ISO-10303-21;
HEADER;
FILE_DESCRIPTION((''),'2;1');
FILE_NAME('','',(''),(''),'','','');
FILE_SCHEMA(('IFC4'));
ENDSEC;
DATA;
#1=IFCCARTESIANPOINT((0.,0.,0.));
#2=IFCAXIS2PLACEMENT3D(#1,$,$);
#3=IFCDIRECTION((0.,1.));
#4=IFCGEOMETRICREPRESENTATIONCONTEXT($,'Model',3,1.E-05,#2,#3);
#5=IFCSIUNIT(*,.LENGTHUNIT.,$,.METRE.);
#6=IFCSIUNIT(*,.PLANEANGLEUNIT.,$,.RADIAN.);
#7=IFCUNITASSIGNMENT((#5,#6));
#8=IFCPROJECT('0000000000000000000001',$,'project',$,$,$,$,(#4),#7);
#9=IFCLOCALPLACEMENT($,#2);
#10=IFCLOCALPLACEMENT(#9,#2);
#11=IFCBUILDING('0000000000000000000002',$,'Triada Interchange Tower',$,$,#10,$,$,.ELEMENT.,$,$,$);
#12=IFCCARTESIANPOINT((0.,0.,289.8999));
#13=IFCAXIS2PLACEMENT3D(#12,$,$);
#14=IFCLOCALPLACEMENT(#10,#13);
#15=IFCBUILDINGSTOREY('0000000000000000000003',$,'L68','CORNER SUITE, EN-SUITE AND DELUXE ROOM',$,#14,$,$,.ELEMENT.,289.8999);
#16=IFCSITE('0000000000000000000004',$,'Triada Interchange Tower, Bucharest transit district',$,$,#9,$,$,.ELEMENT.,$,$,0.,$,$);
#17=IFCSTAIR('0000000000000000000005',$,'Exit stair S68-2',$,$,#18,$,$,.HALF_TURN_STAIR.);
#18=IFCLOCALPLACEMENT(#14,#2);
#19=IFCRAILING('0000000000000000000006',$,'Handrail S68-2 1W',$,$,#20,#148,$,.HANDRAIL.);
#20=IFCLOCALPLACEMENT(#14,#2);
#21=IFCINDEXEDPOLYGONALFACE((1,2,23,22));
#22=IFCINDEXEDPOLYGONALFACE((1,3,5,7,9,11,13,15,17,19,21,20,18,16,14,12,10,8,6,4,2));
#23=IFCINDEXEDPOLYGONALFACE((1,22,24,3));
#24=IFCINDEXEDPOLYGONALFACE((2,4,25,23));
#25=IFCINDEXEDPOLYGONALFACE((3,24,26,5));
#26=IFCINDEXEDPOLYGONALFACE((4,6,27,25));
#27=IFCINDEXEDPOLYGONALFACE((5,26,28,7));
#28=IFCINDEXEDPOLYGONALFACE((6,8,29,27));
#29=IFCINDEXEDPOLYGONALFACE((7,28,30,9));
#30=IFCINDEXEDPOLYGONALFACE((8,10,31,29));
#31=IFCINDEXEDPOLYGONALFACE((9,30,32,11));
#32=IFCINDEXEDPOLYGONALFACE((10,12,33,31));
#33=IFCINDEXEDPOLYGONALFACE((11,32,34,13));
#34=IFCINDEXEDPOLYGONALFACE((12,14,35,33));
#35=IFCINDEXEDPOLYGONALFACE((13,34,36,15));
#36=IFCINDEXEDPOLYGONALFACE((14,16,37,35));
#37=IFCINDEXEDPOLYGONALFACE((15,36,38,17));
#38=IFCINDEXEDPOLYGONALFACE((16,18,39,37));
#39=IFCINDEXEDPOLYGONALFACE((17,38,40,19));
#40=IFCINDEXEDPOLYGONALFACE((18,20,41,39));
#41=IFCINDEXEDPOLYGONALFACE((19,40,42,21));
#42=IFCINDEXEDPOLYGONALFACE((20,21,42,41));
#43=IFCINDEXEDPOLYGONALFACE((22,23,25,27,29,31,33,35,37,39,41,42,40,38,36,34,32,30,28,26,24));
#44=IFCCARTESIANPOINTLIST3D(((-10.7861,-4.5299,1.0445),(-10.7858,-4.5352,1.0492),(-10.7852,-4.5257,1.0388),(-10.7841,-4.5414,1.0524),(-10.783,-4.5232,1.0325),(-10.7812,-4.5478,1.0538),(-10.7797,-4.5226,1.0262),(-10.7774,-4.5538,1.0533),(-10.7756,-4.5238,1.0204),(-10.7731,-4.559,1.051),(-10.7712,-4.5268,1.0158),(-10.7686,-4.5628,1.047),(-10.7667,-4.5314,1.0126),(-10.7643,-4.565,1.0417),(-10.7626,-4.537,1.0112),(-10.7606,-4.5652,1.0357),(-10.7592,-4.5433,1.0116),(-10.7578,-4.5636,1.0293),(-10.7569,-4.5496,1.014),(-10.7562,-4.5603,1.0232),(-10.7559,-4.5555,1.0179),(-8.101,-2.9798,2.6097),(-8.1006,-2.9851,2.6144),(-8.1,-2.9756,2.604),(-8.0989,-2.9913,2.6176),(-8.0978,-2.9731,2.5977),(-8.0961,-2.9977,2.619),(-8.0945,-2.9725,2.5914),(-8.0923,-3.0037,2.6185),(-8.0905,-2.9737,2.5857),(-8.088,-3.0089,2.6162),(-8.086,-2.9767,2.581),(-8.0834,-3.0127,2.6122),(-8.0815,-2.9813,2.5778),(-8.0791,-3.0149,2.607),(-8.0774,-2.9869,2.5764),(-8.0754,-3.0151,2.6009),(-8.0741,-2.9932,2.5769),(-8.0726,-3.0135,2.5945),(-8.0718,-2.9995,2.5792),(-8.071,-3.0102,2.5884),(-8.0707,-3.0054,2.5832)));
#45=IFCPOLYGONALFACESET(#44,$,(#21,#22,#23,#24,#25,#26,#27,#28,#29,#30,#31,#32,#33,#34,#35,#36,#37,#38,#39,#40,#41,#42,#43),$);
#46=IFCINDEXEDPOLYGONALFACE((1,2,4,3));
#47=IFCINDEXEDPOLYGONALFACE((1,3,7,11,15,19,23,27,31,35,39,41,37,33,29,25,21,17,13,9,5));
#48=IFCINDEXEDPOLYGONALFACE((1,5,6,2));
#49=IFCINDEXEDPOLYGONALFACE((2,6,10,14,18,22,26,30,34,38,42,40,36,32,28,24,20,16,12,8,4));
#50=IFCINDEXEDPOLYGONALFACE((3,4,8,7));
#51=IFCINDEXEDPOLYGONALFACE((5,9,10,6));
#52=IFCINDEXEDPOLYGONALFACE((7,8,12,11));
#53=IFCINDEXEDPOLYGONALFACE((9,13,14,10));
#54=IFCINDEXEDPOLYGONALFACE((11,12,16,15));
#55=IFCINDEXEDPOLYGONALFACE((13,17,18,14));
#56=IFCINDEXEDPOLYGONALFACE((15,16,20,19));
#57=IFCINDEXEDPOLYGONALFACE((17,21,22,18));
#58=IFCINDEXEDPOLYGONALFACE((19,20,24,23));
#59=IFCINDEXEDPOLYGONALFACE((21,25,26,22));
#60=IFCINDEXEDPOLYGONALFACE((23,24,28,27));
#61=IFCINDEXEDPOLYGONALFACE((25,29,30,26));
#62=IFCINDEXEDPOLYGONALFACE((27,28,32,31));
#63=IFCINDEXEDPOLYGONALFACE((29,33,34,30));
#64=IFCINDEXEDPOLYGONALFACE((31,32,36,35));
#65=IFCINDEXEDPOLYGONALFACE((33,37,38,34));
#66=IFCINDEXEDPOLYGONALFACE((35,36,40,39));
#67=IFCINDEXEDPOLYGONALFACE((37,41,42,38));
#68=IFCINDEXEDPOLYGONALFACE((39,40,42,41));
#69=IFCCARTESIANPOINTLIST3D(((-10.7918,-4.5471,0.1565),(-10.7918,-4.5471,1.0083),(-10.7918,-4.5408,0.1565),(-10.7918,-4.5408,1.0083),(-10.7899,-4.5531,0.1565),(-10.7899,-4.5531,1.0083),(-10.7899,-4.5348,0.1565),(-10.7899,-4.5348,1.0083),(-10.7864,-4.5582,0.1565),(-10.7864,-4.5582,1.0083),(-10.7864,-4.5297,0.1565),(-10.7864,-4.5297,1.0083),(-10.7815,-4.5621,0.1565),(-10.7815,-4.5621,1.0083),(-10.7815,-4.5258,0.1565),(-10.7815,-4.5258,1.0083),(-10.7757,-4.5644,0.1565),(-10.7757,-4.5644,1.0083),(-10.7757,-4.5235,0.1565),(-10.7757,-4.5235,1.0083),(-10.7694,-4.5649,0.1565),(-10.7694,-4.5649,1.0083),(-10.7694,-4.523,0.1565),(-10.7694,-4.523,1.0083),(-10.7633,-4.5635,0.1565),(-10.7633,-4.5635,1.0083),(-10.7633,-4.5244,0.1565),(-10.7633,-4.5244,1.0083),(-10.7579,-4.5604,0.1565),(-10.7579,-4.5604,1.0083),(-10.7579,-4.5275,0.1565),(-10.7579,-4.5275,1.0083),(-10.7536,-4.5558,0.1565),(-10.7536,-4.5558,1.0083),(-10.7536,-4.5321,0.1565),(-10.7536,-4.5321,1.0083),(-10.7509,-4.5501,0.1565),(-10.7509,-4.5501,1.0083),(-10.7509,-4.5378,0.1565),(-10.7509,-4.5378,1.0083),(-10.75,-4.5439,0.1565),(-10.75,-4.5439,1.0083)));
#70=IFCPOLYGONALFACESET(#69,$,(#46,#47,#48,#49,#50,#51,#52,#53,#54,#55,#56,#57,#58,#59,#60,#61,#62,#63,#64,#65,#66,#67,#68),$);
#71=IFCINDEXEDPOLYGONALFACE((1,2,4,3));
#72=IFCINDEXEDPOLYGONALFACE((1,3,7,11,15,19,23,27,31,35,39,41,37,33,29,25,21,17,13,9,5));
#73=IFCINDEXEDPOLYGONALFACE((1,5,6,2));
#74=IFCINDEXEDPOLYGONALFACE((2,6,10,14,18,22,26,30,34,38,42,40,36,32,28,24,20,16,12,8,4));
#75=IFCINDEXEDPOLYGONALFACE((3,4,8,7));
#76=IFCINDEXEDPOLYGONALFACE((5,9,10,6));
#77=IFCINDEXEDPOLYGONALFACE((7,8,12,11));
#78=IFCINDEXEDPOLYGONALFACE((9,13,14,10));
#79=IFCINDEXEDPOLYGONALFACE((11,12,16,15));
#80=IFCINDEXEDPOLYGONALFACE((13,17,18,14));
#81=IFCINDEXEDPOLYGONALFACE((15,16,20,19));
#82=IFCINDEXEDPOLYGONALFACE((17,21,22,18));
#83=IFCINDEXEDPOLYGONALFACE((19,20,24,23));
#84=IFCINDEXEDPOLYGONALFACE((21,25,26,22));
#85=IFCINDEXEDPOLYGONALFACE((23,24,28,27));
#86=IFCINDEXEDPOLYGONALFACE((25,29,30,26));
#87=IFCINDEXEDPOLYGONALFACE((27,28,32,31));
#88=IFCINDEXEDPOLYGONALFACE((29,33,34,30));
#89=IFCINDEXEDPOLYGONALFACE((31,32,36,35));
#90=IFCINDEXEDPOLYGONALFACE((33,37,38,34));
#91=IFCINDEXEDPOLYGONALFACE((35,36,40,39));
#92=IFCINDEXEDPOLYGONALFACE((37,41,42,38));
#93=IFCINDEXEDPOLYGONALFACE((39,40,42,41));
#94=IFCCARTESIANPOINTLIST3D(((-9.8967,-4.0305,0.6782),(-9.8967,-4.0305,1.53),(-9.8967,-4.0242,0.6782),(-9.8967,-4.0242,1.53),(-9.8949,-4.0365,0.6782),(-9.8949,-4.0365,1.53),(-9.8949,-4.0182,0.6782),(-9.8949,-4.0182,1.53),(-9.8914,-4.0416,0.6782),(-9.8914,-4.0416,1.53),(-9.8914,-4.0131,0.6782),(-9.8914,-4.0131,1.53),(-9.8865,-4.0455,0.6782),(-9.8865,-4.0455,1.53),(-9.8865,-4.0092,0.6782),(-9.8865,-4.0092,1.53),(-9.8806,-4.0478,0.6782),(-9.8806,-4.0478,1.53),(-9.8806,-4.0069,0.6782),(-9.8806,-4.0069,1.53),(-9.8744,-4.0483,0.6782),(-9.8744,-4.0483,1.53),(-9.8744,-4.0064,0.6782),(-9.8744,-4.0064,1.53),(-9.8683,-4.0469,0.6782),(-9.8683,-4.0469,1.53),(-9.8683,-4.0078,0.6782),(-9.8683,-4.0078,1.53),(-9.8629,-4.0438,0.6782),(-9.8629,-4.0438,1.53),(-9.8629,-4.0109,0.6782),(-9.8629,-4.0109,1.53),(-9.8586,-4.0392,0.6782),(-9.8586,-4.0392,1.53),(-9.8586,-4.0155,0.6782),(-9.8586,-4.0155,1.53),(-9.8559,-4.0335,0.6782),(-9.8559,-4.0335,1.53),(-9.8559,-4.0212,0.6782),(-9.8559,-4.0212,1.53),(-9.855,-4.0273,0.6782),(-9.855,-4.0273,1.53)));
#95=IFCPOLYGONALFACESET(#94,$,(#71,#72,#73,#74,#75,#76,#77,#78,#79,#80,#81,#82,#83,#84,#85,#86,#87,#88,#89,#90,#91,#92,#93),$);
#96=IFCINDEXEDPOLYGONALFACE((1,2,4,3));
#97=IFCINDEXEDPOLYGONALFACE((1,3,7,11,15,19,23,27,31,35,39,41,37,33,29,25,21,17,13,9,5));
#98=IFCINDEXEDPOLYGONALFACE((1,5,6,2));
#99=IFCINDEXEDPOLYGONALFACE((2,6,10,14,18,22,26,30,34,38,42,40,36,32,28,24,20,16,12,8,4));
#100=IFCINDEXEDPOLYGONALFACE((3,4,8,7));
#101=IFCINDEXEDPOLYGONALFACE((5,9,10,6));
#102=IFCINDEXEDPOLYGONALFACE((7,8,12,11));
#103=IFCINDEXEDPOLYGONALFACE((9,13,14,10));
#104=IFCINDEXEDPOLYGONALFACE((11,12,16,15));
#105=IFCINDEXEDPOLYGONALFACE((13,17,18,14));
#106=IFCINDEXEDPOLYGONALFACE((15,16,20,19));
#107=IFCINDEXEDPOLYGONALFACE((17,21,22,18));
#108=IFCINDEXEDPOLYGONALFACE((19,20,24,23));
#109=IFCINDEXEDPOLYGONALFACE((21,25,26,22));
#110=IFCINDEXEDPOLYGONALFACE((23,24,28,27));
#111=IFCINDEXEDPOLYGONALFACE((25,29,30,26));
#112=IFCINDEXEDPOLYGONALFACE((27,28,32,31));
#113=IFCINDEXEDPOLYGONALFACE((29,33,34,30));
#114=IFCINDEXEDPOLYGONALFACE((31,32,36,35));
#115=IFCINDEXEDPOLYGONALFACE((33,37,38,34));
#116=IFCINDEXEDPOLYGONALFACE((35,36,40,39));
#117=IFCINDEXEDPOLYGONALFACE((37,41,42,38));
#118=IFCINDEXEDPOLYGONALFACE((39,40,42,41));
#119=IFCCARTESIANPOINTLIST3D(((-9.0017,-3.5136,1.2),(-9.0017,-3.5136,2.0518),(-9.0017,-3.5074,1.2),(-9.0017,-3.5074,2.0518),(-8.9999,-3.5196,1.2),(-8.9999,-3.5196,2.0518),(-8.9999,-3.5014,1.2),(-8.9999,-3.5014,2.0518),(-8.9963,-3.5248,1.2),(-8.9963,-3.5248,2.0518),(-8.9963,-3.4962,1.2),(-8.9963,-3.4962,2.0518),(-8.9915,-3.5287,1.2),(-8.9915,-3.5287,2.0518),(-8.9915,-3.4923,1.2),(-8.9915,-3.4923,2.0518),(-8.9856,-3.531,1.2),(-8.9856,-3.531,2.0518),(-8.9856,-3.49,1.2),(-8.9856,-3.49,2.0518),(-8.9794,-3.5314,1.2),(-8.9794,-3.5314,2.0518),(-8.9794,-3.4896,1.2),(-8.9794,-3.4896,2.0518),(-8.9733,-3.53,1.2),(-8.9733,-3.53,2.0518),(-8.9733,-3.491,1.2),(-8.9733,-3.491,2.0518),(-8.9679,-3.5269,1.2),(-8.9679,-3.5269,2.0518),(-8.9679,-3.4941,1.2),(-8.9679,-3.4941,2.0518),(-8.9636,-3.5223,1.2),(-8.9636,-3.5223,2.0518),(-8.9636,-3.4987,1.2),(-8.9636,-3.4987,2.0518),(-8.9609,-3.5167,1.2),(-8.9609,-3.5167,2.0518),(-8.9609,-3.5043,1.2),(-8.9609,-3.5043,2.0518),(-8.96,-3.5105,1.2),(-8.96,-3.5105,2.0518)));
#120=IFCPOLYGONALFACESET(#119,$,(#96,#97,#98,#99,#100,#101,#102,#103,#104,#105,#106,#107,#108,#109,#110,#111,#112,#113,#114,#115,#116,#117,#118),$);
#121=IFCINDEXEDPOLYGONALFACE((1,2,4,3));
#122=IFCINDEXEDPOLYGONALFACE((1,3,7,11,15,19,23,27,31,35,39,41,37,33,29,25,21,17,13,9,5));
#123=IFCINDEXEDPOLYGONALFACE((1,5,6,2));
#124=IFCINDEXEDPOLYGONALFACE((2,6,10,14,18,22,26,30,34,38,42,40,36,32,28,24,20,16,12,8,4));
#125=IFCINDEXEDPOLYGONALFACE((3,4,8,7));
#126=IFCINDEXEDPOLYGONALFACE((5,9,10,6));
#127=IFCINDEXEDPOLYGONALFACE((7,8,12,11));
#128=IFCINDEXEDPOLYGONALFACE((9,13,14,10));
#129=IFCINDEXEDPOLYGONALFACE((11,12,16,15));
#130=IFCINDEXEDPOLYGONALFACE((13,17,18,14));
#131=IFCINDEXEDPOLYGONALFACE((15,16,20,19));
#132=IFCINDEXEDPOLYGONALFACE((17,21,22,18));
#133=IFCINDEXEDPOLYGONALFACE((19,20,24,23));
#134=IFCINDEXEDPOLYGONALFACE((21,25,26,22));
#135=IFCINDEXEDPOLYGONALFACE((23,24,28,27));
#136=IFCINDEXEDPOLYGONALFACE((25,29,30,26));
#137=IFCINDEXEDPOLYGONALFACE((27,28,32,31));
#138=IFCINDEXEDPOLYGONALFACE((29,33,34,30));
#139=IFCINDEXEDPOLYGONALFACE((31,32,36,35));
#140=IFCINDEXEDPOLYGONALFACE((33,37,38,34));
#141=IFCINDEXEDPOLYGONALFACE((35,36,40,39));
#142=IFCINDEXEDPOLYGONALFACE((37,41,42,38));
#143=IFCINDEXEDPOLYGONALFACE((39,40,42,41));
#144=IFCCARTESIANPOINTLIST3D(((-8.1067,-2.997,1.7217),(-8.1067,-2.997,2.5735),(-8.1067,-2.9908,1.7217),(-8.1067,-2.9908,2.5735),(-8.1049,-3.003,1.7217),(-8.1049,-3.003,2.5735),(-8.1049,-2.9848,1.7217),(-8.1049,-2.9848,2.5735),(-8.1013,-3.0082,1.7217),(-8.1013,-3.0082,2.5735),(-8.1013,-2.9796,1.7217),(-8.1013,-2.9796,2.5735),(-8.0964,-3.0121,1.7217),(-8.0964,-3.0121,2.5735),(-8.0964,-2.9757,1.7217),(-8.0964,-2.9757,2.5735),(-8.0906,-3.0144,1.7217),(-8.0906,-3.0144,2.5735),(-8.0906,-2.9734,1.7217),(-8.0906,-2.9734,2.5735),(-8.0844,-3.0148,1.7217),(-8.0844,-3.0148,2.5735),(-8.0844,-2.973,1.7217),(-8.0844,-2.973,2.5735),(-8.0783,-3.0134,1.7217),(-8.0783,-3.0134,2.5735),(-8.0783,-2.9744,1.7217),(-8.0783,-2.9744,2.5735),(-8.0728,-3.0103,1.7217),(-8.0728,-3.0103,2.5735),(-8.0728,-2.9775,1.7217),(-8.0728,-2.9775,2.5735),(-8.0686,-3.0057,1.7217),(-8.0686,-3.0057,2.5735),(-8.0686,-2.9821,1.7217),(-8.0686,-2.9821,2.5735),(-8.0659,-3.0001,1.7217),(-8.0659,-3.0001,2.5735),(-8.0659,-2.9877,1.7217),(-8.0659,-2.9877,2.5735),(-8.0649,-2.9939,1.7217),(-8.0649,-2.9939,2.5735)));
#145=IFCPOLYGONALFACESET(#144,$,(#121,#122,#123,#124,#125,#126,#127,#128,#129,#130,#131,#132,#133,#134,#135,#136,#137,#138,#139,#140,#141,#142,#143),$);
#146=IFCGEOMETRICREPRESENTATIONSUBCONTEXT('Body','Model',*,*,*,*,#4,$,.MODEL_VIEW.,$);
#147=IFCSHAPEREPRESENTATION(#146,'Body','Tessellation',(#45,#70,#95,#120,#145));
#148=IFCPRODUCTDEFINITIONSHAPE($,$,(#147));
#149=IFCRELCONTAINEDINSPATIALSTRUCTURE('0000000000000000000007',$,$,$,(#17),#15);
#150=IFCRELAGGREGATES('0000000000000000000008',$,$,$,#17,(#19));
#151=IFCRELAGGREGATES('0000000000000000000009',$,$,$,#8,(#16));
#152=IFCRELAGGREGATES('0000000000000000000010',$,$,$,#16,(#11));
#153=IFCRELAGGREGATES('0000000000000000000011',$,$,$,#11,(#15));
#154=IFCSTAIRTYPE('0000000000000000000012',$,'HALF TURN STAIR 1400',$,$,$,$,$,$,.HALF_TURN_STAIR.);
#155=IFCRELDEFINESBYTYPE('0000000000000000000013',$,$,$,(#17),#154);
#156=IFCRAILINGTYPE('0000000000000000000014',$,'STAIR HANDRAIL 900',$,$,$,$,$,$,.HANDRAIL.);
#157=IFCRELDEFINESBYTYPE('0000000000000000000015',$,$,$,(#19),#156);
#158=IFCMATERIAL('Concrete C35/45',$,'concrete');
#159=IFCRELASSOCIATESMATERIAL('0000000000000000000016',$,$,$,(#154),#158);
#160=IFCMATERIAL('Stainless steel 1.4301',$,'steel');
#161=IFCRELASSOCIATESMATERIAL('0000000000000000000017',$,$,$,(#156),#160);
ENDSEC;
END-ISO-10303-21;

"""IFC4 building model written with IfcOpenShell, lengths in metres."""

from ifc_helpers import new_model, si_unit, direction, frame, origin, origin_2d, place, context, subcontext, project, spatial, circle, extrude, material, type_object, element, aggregate, save


model = new_model("IFC4")

# Units and contexts
model_context = context("Model", 3, precision=1e-05, world=origin(), true_north=direction((0.0, 1.0)))
body_context = subcontext(model_context, "Body", "Model", "MODEL_VIEW")
ifc_project = project(units=[si_unit("LENGTHUNIT", "METRE"), si_unit("PLANEANGLEUNIT", "RADIAN")], contexts=[model_context])

# Site, building, storey
site_placement = place(None, origin())
site = spatial("IfcSite", under=ifc_project, at=site_placement, Name="Triada Interchange Tower, Bucharest transit district", CompositionType="ELEMENT", RefElevation=0.0)
building_placement = place(site_placement, origin())
building = spatial("IfcBuilding", under=site, at=building_placement, Name="Triada Interchange Tower", CompositionType="ELEMENT")
storey_placement = place(building_placement, frame((0.0, 0.0, 289.8999)))
storey = spatial("IfcBuildingStorey", under=building, at=storey_placement, Name="L68", Description="CORNER SUITE, EN-SUITE AND DELUXE ROOM", CompositionType="ELEMENT", Elevation=289.8999)

# Stair, railing
ifc_material_1 = material(Name="Concrete C35/45", Category="concrete")
stair_type = type_object("IfcStairType", Name="HALF TURN STAIR 1400", PredefinedType="HALF_TURN_STAIR", material=ifc_material_1)
stair_placement = place(storey_placement, origin())
stair = element("IfcStair", 1, at=stair_placement, inside=storey, type_object=stair_type, Name="Exit stair S68-2", PredefinedType="HALF_TURN_STAIR")
ifc_material_2 = material(Name="Stainless steel 1.4301", Category="steel")
railing_type = type_object("IfcRailingType", Name="STAIR HANDRAIL 900", PredefinedType="HANDRAIL", material=ifc_material_2)
railing_1_placement = place(storey_placement, frame((-10.771, -4.5439, 0.1565)))
railing_1 = element("IfcRailing", 2, at=railing_1_placement, type_object=railing_type, Name="Handrail S68-2 1W", PredefinedType="HANDRAIL", context=body_context, shape_type="SweptSolid", body=[
    extrude(circle(Radius=0.0239, at=origin_2d()), frame((0.0, 0.0, 0.876), z_axis=(0.773115, 0.446309, 0.450667), x_axis=(-0.499959, 0.866049, 0.0)), (0.0, 0.0, 1.0), 3.4731),
    extrude(circle(Radius=0.021, at=origin_2d()), origin(), (0.0, 0.0, 1.0), 0.8518),
    extrude(circle(Radius=0.021, at=origin_2d()), frame((0.895, 0.5166, 0.5217)), (0.0, 0.0, 1.0), 0.8518),
    extrude(circle(Radius=0.021, at=origin_2d()), frame((1.79, 1.0334, 1.0435)), (0.0, 0.0, 1.0), 0.8518),
    extrude(circle(Radius=0.021, at=origin_2d()), frame((2.6851, 1.55, 1.5652)), (0.0, 0.0, 1.0), 0.8518),
])
aggregate(stair, [railing_1])

save(model, "model.ifc")
